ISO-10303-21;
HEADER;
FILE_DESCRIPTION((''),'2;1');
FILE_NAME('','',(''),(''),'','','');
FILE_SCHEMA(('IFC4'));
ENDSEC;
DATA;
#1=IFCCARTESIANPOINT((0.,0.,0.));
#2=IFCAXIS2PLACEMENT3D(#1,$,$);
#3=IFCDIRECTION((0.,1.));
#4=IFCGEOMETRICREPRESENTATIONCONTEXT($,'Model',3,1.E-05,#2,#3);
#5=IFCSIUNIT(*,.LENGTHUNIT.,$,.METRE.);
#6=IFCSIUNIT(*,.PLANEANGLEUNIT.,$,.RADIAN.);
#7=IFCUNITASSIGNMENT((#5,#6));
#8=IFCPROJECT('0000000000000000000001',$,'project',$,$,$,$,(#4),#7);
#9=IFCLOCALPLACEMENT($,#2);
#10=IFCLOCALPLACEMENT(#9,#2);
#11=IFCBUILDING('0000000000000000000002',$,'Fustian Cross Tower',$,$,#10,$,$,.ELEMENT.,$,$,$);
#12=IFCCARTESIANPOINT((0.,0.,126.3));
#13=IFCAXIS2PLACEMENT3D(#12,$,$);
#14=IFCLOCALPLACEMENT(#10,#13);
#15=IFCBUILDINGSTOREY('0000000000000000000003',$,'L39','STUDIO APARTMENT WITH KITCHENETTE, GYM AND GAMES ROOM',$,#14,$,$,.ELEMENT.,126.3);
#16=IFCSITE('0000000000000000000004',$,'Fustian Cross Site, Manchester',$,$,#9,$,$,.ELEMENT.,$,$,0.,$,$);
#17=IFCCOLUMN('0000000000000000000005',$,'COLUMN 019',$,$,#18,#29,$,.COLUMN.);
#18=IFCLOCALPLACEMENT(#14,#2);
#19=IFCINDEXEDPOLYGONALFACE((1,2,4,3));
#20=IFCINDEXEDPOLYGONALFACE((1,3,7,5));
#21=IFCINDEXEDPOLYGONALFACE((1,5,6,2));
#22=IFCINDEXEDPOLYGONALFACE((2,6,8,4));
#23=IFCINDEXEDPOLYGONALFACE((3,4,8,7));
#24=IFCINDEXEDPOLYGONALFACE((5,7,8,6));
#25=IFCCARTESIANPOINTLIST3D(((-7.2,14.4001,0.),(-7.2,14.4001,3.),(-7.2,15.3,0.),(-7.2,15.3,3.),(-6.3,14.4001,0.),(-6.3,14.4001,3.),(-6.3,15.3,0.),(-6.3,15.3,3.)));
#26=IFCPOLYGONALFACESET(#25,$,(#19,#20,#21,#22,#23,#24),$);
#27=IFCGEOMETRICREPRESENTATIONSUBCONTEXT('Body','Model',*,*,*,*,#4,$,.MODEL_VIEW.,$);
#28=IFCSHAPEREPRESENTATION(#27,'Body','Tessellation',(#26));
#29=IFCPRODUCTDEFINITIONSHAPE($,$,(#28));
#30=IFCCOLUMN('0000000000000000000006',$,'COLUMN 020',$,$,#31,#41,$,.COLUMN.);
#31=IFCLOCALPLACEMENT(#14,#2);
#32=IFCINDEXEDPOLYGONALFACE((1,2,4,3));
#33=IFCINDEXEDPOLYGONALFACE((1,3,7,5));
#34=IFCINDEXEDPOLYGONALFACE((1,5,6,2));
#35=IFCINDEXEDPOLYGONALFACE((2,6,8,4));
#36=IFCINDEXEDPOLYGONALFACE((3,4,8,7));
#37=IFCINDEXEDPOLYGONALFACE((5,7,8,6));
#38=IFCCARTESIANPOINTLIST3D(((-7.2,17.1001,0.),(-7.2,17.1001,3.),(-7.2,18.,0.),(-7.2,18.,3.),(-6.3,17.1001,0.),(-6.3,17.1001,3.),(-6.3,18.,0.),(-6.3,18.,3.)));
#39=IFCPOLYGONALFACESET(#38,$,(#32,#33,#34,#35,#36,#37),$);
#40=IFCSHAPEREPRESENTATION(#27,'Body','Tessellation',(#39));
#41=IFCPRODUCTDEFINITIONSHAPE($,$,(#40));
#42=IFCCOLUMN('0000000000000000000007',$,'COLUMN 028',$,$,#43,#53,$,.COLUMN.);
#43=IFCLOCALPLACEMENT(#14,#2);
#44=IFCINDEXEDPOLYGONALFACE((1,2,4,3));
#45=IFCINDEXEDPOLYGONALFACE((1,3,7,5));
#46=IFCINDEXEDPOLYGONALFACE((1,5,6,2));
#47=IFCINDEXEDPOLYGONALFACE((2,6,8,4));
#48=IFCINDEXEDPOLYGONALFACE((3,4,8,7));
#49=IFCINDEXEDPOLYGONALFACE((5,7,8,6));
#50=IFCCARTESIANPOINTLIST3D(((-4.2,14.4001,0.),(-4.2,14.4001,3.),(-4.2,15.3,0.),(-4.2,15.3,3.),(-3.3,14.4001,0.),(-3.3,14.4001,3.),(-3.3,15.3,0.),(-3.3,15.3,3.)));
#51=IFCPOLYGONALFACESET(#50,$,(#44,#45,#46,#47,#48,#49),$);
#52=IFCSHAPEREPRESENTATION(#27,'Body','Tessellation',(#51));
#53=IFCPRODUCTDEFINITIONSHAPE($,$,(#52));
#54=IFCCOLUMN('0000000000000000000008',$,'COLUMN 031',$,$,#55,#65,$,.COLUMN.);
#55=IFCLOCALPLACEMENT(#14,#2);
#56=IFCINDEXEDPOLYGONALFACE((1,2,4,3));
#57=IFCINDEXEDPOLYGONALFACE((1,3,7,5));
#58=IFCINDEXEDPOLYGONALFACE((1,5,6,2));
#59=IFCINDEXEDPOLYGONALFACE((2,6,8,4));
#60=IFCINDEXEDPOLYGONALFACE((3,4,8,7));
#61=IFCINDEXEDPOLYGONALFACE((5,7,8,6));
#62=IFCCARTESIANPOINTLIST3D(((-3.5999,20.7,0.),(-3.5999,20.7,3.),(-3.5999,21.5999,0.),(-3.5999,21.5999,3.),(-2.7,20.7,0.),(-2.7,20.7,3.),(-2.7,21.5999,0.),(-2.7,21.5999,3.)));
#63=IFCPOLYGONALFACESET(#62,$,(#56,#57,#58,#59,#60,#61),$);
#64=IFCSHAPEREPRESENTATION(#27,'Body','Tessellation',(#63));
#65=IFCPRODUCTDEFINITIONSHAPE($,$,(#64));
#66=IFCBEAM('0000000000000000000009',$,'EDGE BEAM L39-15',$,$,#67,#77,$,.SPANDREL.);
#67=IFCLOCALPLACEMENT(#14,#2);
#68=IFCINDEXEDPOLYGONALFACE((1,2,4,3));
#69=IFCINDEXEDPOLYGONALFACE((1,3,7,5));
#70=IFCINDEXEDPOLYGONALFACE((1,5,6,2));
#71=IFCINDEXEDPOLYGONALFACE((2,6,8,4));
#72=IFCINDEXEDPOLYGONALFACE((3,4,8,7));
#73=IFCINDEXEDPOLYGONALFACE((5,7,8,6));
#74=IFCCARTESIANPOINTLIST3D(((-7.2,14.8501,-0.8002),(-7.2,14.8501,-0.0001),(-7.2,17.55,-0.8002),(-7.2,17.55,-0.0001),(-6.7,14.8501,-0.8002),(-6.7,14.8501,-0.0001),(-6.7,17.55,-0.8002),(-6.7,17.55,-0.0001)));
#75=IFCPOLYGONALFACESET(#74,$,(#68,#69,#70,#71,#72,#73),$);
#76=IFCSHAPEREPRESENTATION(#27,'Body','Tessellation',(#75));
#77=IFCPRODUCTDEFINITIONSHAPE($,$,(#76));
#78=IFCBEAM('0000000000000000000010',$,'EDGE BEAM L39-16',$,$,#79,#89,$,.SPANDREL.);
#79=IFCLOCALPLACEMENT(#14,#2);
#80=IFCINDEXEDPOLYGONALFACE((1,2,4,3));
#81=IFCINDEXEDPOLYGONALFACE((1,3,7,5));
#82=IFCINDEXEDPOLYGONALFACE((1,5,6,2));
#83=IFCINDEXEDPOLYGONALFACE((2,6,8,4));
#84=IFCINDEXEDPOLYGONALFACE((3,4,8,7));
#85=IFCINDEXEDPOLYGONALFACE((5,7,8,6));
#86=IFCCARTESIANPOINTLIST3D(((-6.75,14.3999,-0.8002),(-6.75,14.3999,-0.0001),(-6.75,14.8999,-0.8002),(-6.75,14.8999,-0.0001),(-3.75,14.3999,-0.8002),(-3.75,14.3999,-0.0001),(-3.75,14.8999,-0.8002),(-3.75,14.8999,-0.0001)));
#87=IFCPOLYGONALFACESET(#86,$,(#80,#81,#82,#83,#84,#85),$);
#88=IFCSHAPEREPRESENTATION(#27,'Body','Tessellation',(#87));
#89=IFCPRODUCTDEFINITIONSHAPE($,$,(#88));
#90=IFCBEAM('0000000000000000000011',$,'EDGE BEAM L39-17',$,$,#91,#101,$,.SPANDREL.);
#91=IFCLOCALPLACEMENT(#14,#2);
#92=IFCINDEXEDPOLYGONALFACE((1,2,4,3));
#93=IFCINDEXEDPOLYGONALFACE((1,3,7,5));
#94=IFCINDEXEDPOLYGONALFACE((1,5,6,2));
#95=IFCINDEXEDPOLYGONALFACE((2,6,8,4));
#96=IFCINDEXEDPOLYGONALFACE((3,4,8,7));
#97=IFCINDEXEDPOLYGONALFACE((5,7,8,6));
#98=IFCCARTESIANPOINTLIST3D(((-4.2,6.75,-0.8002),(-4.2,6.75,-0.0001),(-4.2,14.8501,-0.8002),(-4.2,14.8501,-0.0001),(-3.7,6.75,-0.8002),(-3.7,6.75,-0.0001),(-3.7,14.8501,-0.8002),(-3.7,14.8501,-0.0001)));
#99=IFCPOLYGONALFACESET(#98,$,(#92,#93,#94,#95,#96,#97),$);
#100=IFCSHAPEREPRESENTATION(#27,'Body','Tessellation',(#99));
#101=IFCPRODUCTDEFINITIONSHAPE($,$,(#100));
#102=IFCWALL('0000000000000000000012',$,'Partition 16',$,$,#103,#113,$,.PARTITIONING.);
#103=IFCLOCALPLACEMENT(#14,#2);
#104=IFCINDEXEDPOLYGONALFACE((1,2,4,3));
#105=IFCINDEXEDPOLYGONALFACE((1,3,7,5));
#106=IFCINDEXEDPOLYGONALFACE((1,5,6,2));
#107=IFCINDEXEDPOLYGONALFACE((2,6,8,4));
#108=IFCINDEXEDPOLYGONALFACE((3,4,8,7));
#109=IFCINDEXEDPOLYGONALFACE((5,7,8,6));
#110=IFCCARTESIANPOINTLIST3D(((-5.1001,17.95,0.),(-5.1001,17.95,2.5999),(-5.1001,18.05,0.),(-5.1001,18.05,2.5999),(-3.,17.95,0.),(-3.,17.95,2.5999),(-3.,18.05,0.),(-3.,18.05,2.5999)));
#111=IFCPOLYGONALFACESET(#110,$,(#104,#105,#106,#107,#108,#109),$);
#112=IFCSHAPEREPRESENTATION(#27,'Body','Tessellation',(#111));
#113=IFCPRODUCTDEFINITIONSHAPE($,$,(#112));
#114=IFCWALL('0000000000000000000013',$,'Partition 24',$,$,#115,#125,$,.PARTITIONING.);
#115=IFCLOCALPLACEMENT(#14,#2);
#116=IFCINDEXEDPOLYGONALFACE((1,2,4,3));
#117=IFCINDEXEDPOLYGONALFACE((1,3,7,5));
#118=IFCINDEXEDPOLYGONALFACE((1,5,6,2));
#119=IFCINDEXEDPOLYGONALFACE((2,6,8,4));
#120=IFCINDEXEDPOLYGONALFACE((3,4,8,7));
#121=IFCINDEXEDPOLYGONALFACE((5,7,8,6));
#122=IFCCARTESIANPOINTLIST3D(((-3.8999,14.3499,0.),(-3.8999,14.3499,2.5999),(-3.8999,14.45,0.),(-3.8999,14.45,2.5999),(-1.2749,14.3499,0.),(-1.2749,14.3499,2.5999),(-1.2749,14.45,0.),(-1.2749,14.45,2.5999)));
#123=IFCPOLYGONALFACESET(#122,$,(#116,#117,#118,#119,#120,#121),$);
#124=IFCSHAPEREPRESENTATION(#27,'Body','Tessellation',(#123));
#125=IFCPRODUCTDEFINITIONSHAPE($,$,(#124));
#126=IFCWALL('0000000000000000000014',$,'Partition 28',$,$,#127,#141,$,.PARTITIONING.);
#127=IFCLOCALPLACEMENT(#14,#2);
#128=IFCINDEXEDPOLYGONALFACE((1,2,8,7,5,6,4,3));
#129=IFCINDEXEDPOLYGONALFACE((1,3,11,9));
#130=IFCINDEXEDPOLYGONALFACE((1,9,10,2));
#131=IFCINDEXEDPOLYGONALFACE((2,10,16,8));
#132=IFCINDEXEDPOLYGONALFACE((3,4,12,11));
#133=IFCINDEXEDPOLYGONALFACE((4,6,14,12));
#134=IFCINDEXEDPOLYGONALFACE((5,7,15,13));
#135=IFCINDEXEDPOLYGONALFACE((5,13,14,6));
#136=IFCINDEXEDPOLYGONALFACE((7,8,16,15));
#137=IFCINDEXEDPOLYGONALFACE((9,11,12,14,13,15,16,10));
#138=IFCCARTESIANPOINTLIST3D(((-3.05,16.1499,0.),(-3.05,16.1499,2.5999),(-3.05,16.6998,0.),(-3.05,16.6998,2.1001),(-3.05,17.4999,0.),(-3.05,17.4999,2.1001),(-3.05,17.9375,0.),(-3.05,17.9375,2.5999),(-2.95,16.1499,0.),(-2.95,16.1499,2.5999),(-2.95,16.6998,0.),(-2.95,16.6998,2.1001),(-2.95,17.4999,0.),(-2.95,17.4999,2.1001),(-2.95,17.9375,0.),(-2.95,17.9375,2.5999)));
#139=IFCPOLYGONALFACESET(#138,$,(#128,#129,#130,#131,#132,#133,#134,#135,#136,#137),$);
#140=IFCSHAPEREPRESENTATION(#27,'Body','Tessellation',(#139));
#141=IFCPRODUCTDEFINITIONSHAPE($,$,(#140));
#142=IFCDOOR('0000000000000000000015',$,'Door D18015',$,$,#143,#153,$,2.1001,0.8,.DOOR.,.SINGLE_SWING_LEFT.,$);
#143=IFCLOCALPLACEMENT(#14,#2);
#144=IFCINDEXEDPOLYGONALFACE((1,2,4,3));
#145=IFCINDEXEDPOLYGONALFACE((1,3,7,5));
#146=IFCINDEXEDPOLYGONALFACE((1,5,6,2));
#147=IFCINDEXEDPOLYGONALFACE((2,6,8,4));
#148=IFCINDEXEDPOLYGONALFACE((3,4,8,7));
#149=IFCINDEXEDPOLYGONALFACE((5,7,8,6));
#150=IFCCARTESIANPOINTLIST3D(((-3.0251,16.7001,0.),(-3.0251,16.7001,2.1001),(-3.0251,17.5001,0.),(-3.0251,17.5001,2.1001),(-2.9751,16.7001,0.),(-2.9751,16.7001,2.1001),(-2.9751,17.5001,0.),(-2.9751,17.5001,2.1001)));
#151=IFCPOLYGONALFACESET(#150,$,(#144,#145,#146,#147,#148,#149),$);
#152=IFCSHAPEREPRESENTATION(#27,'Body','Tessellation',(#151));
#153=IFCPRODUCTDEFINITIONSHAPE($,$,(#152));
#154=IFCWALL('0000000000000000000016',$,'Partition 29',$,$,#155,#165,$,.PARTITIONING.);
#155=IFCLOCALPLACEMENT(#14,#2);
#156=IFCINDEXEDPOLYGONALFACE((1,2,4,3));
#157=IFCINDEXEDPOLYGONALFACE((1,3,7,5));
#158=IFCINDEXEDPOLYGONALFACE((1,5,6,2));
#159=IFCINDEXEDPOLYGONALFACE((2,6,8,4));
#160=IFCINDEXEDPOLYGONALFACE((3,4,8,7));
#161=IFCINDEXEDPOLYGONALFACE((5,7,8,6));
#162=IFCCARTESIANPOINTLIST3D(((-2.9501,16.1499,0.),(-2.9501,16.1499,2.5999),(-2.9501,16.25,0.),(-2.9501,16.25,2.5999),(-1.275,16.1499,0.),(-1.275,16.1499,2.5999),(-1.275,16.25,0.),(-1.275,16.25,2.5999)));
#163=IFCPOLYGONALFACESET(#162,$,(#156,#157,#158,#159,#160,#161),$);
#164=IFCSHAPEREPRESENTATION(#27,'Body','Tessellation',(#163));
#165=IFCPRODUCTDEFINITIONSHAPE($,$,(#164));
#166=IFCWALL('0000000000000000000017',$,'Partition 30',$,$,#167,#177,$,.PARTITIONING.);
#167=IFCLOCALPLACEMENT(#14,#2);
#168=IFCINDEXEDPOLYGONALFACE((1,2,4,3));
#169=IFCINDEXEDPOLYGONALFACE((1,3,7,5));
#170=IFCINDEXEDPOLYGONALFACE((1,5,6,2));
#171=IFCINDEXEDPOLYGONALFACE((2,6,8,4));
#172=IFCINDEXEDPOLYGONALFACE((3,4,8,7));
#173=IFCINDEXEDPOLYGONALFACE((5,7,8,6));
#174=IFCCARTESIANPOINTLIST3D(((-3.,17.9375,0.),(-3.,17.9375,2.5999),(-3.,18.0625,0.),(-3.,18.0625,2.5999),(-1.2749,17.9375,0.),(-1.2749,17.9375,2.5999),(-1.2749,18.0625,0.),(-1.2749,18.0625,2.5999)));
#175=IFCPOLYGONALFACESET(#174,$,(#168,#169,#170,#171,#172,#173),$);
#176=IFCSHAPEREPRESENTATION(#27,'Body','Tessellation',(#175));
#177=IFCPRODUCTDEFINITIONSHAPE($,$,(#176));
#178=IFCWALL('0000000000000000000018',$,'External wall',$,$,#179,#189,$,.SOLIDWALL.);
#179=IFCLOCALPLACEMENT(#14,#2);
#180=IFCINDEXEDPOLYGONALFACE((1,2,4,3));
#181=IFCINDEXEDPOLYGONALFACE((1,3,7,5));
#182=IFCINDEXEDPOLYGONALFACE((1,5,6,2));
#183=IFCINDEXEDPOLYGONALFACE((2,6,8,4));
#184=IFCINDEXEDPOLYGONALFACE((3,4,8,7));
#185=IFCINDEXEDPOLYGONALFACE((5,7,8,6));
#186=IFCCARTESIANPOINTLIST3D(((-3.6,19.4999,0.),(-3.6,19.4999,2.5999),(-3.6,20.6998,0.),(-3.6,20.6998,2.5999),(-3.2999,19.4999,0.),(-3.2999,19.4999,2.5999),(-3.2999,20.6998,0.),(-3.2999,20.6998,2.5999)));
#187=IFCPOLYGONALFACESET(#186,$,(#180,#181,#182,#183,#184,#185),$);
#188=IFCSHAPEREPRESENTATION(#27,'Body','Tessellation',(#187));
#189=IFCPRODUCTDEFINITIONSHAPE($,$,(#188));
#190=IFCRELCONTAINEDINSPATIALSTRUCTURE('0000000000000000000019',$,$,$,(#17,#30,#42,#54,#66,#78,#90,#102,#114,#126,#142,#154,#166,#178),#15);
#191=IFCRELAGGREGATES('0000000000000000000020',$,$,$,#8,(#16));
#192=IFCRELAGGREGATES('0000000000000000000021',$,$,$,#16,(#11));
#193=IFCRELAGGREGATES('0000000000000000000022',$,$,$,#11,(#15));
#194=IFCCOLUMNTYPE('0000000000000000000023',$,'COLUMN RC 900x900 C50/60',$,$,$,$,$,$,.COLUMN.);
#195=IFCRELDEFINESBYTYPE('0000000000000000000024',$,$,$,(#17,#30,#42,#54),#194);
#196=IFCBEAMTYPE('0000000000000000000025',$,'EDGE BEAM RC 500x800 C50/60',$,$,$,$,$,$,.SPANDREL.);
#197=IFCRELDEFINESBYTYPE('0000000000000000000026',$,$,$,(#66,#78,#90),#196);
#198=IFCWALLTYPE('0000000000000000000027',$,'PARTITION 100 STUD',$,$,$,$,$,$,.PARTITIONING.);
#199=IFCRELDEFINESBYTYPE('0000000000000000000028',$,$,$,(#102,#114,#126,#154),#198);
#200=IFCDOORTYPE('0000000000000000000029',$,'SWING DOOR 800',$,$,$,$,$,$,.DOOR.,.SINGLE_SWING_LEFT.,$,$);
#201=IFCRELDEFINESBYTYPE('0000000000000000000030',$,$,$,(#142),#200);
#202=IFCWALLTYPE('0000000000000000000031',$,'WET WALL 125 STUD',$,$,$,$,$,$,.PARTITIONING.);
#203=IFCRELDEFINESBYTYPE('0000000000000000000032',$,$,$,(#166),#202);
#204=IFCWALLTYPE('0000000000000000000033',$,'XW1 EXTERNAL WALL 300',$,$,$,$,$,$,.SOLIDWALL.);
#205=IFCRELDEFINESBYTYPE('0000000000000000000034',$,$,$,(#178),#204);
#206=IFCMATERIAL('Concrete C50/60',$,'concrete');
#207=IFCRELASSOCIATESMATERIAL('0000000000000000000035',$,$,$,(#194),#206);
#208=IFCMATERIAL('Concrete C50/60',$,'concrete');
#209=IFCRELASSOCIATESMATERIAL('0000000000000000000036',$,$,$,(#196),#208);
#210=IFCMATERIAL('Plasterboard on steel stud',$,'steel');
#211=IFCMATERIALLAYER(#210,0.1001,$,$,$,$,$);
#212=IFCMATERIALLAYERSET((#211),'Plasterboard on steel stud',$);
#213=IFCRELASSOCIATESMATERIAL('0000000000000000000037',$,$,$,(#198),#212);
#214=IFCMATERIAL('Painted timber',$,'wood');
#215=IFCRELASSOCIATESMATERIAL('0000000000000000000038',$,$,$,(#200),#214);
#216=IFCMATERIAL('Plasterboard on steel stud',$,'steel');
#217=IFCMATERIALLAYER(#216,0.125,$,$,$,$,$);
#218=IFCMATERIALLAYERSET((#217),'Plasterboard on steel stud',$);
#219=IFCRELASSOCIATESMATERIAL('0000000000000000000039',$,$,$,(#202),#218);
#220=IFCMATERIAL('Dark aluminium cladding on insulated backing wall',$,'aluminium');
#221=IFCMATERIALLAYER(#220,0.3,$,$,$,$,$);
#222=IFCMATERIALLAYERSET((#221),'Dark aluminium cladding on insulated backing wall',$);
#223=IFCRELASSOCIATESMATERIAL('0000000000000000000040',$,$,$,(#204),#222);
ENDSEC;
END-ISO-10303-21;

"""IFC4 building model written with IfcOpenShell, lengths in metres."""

from ifc_helpers import new_model, si_unit, direction, frame, frame_2d, origin, origin_2d, place, context, subcontext, project, spatial, rectangle, extrude, material, layer, layer_set, material_profile, profile_set, type_object, element, fill, save


model = new_model("IFC4")

# Units and contexts
model_context = context("Model", 3, precision=1e-05, world=origin(), true_north=direction((0.0, 1.0)))
body_context = subcontext(model_context, "Body", "Model", "MODEL_VIEW")
ifc_project = project(units=[si_unit("LENGTHUNIT", "METRE"), si_unit("PLANEANGLEUNIT", "RADIAN")], contexts=[model_context])

# Site, building, storey
site_placement = place(None, origin())
site = spatial("IfcSite", under=ifc_project, at=site_placement, Name="Fustian Cross Site, Manchester", CompositionType="ELEMENT", RefElevation=0.0)
building_placement = place(site_placement, origin())
building = spatial("IfcBuilding", under=site, at=building_placement, Name="Fustian Cross Tower", CompositionType="ELEMENT")
storey_placement = place(building_placement, frame((0.0, 0.0, 126.3)))
storey = spatial("IfcBuildingStorey", under=building, at=storey_placement, Name="L39", Description="STUDIO APARTMENT WITH KITCHENETTE, GYM AND GAMES ROOM", CompositionType="ELEMENT", Elevation=126.3)

# Columns
ifc_material_1 = material(Name="Concrete C50/60", Category="concrete")
ifc_material_profile_1 = material_profile(ifc_material_1, rectangle(XDim=0.8999, YDim=0.8999, at=origin_2d()), Name="RC 900x900")
ifc_profile_set_1 = profile_set([ifc_material_profile_1], Name="Concrete C50/60")
column_type = type_object("IfcColumnType", Name="COLUMN RC 900x900 C50/60", PredefinedType="COLUMN", material=ifc_profile_set_1)
for number, where, z_axis, x_axis, name in (
    (1, (-6.75, 14.8501, 0.0), (0.0, 0.0, 1.0), (1.0, 0.0, 0.0), "COLUMN 019"),
    (2, (-6.75, 17.55, 0.0), (0.0, 0.0, 1.0), (1.0, 0.0, 0.0), "COLUMN 020"),
    (3, (-3.75, 14.8501, 0.0), (0.0, 0.0, 1.0), (1.0, 0.0, 0.0), "COLUMN 028"),
    (4, (-3.1499, 21.1499, 0.0), (0.0, 0.0, 1.0), (1.0, 0.0, 0.0), "COLUMN 031"),
):
    element("IfcColumn", number, at=place(storey_placement, frame(where, z_axis=z_axis, x_axis=x_axis)), inside=storey, type_object=column_type, Name=name, PredefinedType="COLUMN", context=body_context, shape_type="SweptSolid", body=[
        extrude(rectangle(XDim=0.8999, YDim=0.8999, at=origin_2d()), origin(), (0.0, 0.0, 1.0), 3.0),
    ])

# Beams
ifc_material_2 = material(Name="Concrete C50/60", Category="concrete")
ifc_material_profile_2 = material_profile(ifc_material_2, rectangle(XDim=0.5, YDim=0.8, at=origin_2d()), Name="RC 500x800")
ifc_profile_set_2 = profile_set([ifc_material_profile_2], Name="Concrete C50/60")
beam_type = type_object("IfcBeamType", Name="EDGE BEAM RC 500x800 C50/60", PredefinedType="SPANDREL", material=ifc_profile_set_2)
beam_1_placement = place(storey_placement, frame((-6.95, 17.55, -0.4001), z_axis=(0.0, -1.0, 0.0), x_axis=(1.0, 0.0, 0.0)))
element("IfcBeam", 5, at=beam_1_placement, inside=storey, type_object=beam_type, Name="EDGE BEAM L39-15", PredefinedType="SPANDREL", context=body_context, shape_type="SweptSolid", body=[
    extrude(rectangle(XDim=0.5, YDim=0.8, at=origin_2d()), origin(), (0.0, 0.0, 1.0), 2.7),
])
beam_2_placement = place(storey_placement, frame((-6.75, 14.6499, -0.4001), z_axis=(1.0, 0.0, 0.0), x_axis=(0.0, 1.0, 0.0)))
element("IfcBeam", 6, at=beam_2_placement, inside=storey, type_object=beam_type, Name="EDGE BEAM L39-16", PredefinedType="SPANDREL", context=body_context, shape_type="SweptSolid", body=[
    extrude(rectangle(XDim=0.5, YDim=0.8, at=origin_2d()), origin(), (0.0, 0.0, 1.0), 3.0),
])
beam_3_placement = place(storey_placement, frame((-3.95, 14.8501, -0.4001), z_axis=(0.0, -1.0, 0.0), x_axis=(1.0, 0.0, 0.0)))
element("IfcBeam", 7, at=beam_3_placement, inside=storey, type_object=beam_type, Name="EDGE BEAM L39-17", PredefinedType="SPANDREL", context=body_context, shape_type="SweptSolid", body=[
    extrude(rectangle(XDim=0.5, YDim=0.8, at=origin_2d()), origin(), (0.0, 0.0, 1.0), 8.1001),
])

# Walls
ifc_material_3 = material(Name="Plasterboard on steel stud", Category="steel")
ifc_layer_1 = layer(ifc_material_3, 0.1001)
ifc_layer_set_1 = layer_set([ifc_layer_1], Name="Plasterboard on steel stud")
wall_type_1 = type_object("IfcWallType", Name="PARTITION 100 STUD", PredefinedType="PARTITIONING", material=ifc_layer_set_1)
wall_1_placement = place(storey_placement, frame((-5.1001, 18.0, 0.0), z_axis=(0.0, 0.0, 1.0), x_axis=(1.0, 0.0, 0.0)))
element("IfcWall", 8, at=wall_1_placement, inside=storey, type_object=wall_type_1, Name="Partition 16", PredefinedType="PARTITIONING", context=body_context, shape_type="SweptSolid", body=[
    extrude(rectangle(XDim=2.1001, YDim=0.1001, at=frame_2d((1.05, 0.0))), origin(), (0.0, 0.0, 1.0), 2.5999),
])
wall_2_placement = place(storey_placement, frame((-3.8999, 14.3999, 0.0), z_axis=(0.0, 0.0, 1.0), x_axis=(1.0, 0.0, 0.0)))
element("IfcWall", 9, at=wall_2_placement, inside=storey, type_object=wall_type_1, Name="Partition 24", PredefinedType="PARTITIONING", context=body_context, shape_type="SweptSolid", body=[
    extrude(rectangle(XDim=2.625, YDim=0.1001, at=frame_2d((1.3125, 0.0))), origin(), (0.0, 0.0, 1.0), 2.5999),
])

# Wall, opening, door
wall_3_placement = place(storey_placement, frame((-3.0, 16.1499, 0.0), z_axis=(0.0, 0.0, 1.0), x_axis=(0.0, 1.0, 0.0)))
wall_3 = element("IfcWall", 10, at=wall_3_placement, inside=storey, type_object=wall_type_1, Name="Partition 28", PredefinedType="PARTITIONING", context=body_context, shape_type="SweptSolid", body=[
    extrude(rectangle(XDim=1.7876, YDim=0.1001, at=frame_2d((0.8938, 0.0))), origin(), (0.0, 0.0, 1.0), 2.5999),
])
opening_1_placement = place(wall_3_placement, frame((0.55, 0.0, 0.0)))
opening_1 = element("IfcOpeningElement", 11, at=opening_1_placement, cuts=wall_3, PredefinedType="OPENING", context=body_context, shape_type="SweptSolid", body=[
    extrude(rectangle(XDim=0.8, YDim=2.1001, at=frame_2d((0.3999, 1.05))), frame((0.0, 0.0601, 0.0), z_axis=(0.0, -1.0, 0.0), x_axis=(1.0, 0.0, 0.0)), (0.0, 0.0, 1.0), 0.1201),
])
ifc_material_4 = material(Name="Painted timber", Category="wood")
door_type_1 = type_object("IfcDoorType", Name="SWING DOOR 800", OperationType="SINGLE_SWING_LEFT", PredefinedType="DOOR", material=ifc_material_4)
door_1_placement = place(opening_1_placement, frame((0.8, 0.0, 0.0), z_axis=(0.0, 0.0, 1.0), x_axis=(-1.0, 0.0, 0.0)))
door_1 = element("IfcDoor", 12, at=door_1_placement, inside=storey, type_object=door_type_1, Name="Door D18015", OperationType="SINGLE_SWING_LEFT", OverallHeight=2.1001, OverallWidth=0.8, PredefinedType="DOOR", context=body_context, shape_type="SweptSolid", body=[
    extrude(rectangle(XDim=0.8, YDim=2.1001, at=frame_2d((0.3999, 1.05))), frame((0.0, 0.0249, 0.0), z_axis=(0.0, -1.0, 0.0), x_axis=(1.0, 0.0, 0.0)), (0.0, 0.0, 1.0), 0.05),
])
fill(opening_1, door_1)

# Walls
wall_4_placement = place(storey_placement, frame((-2.95, 16.2, 0.0), z_axis=(0.0, 0.0, 1.0), x_axis=(1.0, 0.0, 0.0)))
element("IfcWall", 13, at=wall_4_placement, inside=storey, type_object=wall_type_1, Name="Partition 29", PredefinedType="PARTITIONING", context=body_context, shape_type="SweptSolid", body=[
    extrude(rectangle(XDim=1.675, YDim=0.1001, at=frame_2d((0.8374, 0.0))), origin(), (0.0, 0.0, 1.0), 2.5999),
])
ifc_material_5 = material(Name="Plasterboard on steel stud", Category="steel")
ifc_layer_2 = layer(ifc_material_5, 0.125)
ifc_layer_set_2 = layer_set([ifc_layer_2], Name="Plasterboard on steel stud")
wall_type_2 = type_object("IfcWallType", Name="WET WALL 125 STUD", PredefinedType="PARTITIONING", material=ifc_layer_set_2)
wall_5_placement = place(storey_placement, frame((-3.0, 18.0, 0.0), z_axis=(0.0, 0.0, 1.0), x_axis=(1.0, 0.0, 0.0)))
element("IfcWall", 14, at=wall_5_placement, inside=storey, type_object=wall_type_2, Name="Partition 30", PredefinedType="PARTITIONING", context=body_context, shape_type="SweptSolid", body=[
    extrude(rectangle(XDim=1.7251, YDim=0.125, at=frame_2d((0.8625, 0.0))), origin(), (0.0, 0.0, 1.0), 2.5999),
])
ifc_material_6 = material(Name="Dark aluminium cladding on insulated backing wall", Category="aluminium")
ifc_layer_3 = layer(ifc_material_6, 0.3)
ifc_layer_set_3 = layer_set([ifc_layer_3], Name="Dark aluminium cladding on insulated backing wall")
wall_type_3 = type_object("IfcWallType", Name="XW1 EXTERNAL WALL 300", PredefinedType="SOLIDWALL", material=ifc_layer_set_3)
wall_6_placement = place(storey_placement, frame((-3.45, 20.7, 0.0), z_axis=(0.0, 0.0, 1.0), x_axis=(0.0, -1.0, 0.0)))
element("IfcWall", 15, at=wall_6_placement, inside=storey, type_object=wall_type_3, Name="External wall", PredefinedType="SOLIDWALL", context=body_context, shape_type="SweptSolid", body=[
    extrude(rectangle(XDim=1.2, YDim=0.3, at=frame_2d((0.6001, 0.0))), origin(), (0.0, 0.0, 1.0), 2.5999),
])

save(model, "model.ifc")
